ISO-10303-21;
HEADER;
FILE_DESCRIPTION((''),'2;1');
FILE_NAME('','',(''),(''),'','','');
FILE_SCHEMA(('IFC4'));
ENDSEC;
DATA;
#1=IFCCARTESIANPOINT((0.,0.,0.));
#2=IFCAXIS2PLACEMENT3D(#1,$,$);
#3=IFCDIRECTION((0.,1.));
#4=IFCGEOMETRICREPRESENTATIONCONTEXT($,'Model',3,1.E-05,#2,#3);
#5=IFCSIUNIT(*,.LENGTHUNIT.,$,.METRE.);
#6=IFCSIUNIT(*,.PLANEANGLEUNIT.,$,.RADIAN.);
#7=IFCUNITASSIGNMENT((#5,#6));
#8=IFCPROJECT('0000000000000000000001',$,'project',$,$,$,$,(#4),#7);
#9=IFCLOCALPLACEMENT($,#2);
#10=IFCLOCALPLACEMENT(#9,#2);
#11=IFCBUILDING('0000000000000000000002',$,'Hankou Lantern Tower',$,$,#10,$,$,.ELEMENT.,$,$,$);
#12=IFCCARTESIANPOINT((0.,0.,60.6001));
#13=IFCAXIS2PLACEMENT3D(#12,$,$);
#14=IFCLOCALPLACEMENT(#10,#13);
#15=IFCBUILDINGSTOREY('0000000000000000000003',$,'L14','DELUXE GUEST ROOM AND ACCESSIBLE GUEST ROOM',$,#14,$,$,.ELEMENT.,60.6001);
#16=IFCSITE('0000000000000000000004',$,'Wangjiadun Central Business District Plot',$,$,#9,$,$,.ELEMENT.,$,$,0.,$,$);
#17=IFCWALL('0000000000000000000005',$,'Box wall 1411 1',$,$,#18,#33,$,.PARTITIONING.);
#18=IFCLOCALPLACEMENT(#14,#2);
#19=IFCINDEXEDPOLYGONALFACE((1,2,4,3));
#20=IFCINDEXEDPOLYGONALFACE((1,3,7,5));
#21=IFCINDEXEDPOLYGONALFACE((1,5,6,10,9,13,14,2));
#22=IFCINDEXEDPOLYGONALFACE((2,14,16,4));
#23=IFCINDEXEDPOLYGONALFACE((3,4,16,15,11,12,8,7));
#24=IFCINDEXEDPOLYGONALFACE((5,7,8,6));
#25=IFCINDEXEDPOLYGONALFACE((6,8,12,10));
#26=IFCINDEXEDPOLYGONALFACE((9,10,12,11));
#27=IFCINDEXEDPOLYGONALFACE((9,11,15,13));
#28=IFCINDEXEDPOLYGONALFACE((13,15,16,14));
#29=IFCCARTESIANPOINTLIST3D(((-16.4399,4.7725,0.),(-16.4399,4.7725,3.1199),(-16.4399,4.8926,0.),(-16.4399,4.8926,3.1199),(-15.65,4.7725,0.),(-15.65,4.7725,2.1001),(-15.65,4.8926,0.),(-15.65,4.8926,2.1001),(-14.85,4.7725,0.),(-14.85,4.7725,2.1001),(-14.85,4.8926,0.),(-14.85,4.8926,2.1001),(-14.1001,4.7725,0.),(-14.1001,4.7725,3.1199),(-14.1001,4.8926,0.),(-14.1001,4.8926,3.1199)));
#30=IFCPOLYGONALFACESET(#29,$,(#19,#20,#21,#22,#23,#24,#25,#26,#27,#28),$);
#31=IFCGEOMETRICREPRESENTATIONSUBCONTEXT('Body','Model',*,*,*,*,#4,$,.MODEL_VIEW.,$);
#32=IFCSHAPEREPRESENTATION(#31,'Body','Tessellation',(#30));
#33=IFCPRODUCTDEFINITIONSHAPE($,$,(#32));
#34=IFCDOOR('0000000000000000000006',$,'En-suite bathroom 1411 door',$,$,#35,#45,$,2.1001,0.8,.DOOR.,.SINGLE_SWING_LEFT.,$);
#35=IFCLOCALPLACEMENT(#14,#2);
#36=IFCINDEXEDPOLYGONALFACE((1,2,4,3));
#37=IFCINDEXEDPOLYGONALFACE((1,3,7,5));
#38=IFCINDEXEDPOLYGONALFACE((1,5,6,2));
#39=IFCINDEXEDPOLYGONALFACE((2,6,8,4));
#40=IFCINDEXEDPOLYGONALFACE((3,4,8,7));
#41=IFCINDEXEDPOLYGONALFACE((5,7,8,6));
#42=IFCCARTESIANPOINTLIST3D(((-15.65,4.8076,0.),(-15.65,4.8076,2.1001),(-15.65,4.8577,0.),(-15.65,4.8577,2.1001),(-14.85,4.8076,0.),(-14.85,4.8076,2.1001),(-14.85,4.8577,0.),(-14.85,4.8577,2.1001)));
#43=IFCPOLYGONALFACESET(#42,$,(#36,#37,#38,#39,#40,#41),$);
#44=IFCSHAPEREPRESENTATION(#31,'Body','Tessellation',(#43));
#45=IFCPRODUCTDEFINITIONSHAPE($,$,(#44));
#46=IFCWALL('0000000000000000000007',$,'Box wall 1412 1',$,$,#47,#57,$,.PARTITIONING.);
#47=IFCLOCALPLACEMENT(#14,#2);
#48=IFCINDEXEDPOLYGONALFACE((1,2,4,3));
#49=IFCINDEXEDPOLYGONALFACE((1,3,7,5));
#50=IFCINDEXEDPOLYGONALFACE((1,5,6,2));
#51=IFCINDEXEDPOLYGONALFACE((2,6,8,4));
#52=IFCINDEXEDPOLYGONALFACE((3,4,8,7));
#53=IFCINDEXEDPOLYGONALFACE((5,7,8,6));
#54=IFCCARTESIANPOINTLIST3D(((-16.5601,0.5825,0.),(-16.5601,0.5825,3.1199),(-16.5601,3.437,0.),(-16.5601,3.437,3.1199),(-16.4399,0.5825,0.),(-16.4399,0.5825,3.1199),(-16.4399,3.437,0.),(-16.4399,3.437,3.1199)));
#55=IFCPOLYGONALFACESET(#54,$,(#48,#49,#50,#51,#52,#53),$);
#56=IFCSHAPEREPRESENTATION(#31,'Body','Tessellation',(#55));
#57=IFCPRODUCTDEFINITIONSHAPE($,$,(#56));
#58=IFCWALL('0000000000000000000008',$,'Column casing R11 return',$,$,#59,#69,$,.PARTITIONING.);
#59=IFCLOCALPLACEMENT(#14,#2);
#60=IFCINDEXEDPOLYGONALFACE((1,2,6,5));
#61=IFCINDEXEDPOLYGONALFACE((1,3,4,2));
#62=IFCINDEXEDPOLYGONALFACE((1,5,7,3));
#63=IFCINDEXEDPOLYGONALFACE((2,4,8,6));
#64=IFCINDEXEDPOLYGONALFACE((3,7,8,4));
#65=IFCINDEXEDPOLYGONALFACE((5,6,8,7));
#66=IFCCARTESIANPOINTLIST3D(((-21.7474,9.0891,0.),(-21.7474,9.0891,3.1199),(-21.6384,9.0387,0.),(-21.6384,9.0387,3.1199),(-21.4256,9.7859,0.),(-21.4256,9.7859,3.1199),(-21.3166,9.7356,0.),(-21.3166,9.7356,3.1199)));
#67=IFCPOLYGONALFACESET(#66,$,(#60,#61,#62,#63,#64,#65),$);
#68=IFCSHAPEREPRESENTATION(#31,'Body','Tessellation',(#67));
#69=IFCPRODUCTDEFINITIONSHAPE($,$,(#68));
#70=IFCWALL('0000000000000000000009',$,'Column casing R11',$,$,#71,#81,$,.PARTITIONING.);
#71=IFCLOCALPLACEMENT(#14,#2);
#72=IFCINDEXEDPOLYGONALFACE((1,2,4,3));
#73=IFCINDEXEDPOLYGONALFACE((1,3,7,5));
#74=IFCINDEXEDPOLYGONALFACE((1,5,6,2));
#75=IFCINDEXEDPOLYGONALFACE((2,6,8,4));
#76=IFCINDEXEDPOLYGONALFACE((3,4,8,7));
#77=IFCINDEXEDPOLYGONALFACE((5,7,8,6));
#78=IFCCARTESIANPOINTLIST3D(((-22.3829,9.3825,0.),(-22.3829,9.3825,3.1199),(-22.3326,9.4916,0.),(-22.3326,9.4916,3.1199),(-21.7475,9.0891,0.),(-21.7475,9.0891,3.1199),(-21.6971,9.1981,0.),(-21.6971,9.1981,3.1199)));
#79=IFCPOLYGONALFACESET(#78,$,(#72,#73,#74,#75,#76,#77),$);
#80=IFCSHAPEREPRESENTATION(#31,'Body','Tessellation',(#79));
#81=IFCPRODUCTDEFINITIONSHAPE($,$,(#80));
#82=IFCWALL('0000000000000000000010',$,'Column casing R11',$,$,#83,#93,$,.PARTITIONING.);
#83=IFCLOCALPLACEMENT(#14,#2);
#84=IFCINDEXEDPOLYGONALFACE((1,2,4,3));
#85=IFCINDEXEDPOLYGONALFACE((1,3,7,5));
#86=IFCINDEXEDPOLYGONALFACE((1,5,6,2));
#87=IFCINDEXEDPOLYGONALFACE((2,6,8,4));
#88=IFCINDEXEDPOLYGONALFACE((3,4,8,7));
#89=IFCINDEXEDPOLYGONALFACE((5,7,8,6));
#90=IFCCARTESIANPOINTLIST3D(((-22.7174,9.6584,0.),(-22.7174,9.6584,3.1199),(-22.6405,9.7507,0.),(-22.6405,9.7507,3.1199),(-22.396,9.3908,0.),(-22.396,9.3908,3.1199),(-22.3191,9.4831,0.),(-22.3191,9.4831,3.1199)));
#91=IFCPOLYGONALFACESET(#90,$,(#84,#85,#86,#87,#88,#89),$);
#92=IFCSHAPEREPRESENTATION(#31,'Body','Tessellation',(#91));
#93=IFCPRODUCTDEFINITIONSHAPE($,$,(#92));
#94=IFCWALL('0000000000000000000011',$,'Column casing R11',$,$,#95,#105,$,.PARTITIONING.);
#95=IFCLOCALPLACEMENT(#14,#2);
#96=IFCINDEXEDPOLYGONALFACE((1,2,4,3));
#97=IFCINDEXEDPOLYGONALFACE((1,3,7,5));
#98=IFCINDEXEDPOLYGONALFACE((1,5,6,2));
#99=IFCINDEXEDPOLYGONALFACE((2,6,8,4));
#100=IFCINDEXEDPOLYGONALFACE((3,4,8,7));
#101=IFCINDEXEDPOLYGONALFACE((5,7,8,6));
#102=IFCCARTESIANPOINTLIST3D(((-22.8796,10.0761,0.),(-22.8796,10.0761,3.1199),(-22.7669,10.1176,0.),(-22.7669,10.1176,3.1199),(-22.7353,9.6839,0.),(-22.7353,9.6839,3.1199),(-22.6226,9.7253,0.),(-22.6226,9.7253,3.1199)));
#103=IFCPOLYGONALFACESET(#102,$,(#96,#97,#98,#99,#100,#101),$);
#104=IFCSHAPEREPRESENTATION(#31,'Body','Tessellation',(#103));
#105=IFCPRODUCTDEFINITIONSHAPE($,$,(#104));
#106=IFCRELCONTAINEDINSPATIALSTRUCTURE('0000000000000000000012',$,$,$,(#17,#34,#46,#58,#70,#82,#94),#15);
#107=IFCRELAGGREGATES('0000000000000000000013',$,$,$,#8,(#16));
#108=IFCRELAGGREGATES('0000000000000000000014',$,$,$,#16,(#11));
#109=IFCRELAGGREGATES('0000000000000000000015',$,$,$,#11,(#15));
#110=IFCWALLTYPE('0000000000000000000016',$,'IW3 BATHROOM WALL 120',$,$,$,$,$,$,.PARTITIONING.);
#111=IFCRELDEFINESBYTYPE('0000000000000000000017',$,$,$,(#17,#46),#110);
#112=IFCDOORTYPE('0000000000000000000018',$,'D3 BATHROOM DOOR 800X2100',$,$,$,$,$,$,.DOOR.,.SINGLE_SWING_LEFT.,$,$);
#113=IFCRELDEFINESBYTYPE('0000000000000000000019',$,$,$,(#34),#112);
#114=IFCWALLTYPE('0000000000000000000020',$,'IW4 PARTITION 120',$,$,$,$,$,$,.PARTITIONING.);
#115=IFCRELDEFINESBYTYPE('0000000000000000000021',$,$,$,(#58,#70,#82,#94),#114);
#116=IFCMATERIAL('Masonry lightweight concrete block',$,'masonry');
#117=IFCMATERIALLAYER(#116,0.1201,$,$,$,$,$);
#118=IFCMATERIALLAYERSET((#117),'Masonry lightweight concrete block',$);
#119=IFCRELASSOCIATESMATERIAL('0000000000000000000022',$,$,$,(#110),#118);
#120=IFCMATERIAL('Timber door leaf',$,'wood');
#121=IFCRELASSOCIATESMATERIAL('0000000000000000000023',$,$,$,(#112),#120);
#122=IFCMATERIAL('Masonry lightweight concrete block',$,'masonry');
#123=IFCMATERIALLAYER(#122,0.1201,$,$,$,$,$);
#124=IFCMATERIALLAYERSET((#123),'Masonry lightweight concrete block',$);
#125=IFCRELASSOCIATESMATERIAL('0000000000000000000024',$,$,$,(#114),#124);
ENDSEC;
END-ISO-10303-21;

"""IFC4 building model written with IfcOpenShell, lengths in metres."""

from ifc_helpers import new_model, si_unit, direction, frame, frame_2d, origin, place, context, subcontext, project, spatial, rectangle, extrude, material, layer, layer_set, type_object, element, fill, save


model = new_model("IFC4")

# Units and contexts
model_context = context("Model", 3, precision=1e-05, world=origin(), true_north=direction((0.0, 1.0)))
body_context = subcontext(model_context, "Body", "Model", "MODEL_VIEW")
ifc_project = project(units=[si_unit("LENGTHUNIT", "METRE"), si_unit("PLANEANGLEUNIT", "RADIAN")], contexts=[model_context])

# Site, building, storey
site_placement = place(None, origin())
site = spatial("IfcSite", under=ifc_project, at=site_placement, Name="Wangjiadun Central Business District Plot", CompositionType="ELEMENT", RefElevation=0.0)
building_placement = place(site_placement, origin())
building = spatial("IfcBuilding", under=site, at=building_placement, Name="Hankou Lantern Tower", CompositionType="ELEMENT")
storey_placement = place(building_placement, frame((0.0, 0.0, 60.6001)))
storey = spatial("IfcBuildingStorey", under=building, at=storey_placement, Name="L14", Description="DELUXE GUEST ROOM AND ACCESSIBLE GUEST ROOM", CompositionType="ELEMENT", Elevation=60.6001)

# Shared definitions
ifc_material_1 = material(Name="Masonry lightweight concrete block", Category="masonry")
ifc_layer_1 = layer(ifc_material_1, 0.1201)
ifc_layer_set_1 = layer_set([ifc_layer_1], Name="Masonry lightweight concrete block")
wall_type_1 = type_object("IfcWallType", Name="IW3 BATHROOM WALL 120", PredefinedType="PARTITIONING", material=ifc_layer_set_1)

# Shared definitions
ifc_material_2 = material(Name="Timber door leaf", Category="wood")
door_type_1 = type_object("IfcDoorType", Name="D3 BATHROOM DOOR 800X2100", OperationType="SINGLE_SWING_LEFT", PredefinedType="DOOR", material=ifc_material_2)

# Wall, opening, door
wall_1_placement = place(storey_placement, frame((-14.1001, 4.8325, 0.0), z_axis=(0.0, 0.0, 1.0), x_axis=(-1.0, 0.0, 0.0)))
wall_1 = element("IfcWall", 1, at=wall_1_placement, inside=storey, type_object=wall_type_1, Name="Box wall 1411 1", PredefinedType="PARTITIONING", context=body_context, shape_type="SweptSolid", body=[
    extrude(rectangle(XDim=2.3398, YDim=0.1201, at=frame_2d((1.1699, 0.0))), origin(), (0.0, 0.0, 1.0), 3.1199),
])
opening_1_placement = place(wall_1_placement, frame((0.75, 0.0, 0.0)))
opening_1 = element("IfcOpeningElement", 2, at=opening_1_placement, cuts=wall_1, PredefinedType="OPENING", context=body_context, shape_type="SweptSolid", body=[
    extrude(rectangle(XDim=0.8, YDim=2.1001, at=frame_2d((0.3999, 1.05))), frame((0.0, 0.0701, 0.0), z_axis=(0.0, -1.0, 0.0), x_axis=(1.0, 0.0, 0.0)), (0.0, 0.0, 1.0), 0.1401),
])
door_1_placement = place(opening_1_placement, origin())
door_1 = element("IfcDoor", 3, at=door_1_placement, inside=storey, type_object=door_type_1, Name="En-suite bathroom 1411 door", OperationType="SINGLE_SWING_LEFT", OverallHeight=2.1001, OverallWidth=0.8, PredefinedType="DOOR", context=body_context, shape_type="SweptSolid", body=[
    extrude(rectangle(XDim=0.8, YDim=2.1001, at=frame_2d((0.3999, 1.05))), frame((0.0, 0.0249, 0.0), z_axis=(0.0, -1.0, 0.0), x_axis=(1.0, 0.0, 0.0)), (0.0, 0.0, 1.0), 0.05),
])
fill(opening_1, door_1)

# Walls
wall_2_placement = place(storey_placement, frame((-16.5, 3.437, 0.0), z_axis=(0.0, 0.0, 1.0), x_axis=(0.0, -1.0, 0.0)))
element("IfcWall", 4, at=wall_2_placement, inside=storey, type_object=wall_type_1, Name="Box wall 1412 1", PredefinedType="PARTITIONING", context=body_context, shape_type="SweptSolid", body=[
    extrude(rectangle(XDim=2.8545, YDim=0.1201, at=frame_2d((1.4272, 0.0))), origin(), (0.0, 0.0, 1.0), 3.1199),
])
ifc_material_3 = material(Name="Masonry lightweight concrete block", Category="masonry")
ifc_layer_2 = layer(ifc_material_3, 0.1201)
ifc_layer_set_2 = layer_set([ifc_layer_2], Name="Masonry lightweight concrete block")
wall_type_2 = type_object("IfcWallType", Name="IW4 PARTITION 120", PredefinedType="PARTITIONING", material=ifc_layer_set_2)
wall_3_placement = place(storey_placement, frame((-21.3711, 9.7607, 0.0), z_axis=(0.0, 0.0, 1.0), x_axis=(-0.41926, -0.907866, 0.0)))
element("IfcWall", 5, at=wall_3_placement, inside=storey, type_object=wall_type_2, Name="Column casing R11 return", PredefinedType="PARTITIONING", context=body_context, shape_type="SweptSolid", body=[
    extrude(rectangle(XDim=0.7676, YDim=0.1201, at=frame_2d((0.3838, 0.0))), origin(), (0.0, 0.0, 1.0), 3.1199),
])
wall_4_placement = place(storey_placement, frame((-21.7222, 9.1436, 0.0), z_axis=(0.0, 0.0, 1.0), x_axis=(-0.907878, 0.419235, 0.0)))
element("IfcWall", 6, at=wall_4_placement, inside=storey, type_object=wall_type_2, Name="Column casing R11", PredefinedType="PARTITIONING", context=body_context, shape_type="SweptSolid", body=[
    extrude(rectangle(XDim=0.7, YDim=0.1201, at=frame_2d((0.3501, 0.0))), origin(), (0.0, 0.0, 1.0), 3.1199),
])
wall_5_placement = place(storey_placement, frame((-22.3577, 9.437, 0.0), z_axis=(0.0, 0.0, 1.0), x_axis=(-0.768413, 0.639955, 0.0)))
element("IfcWall", 7, at=wall_5_placement, inside=storey, type_object=wall_type_2, Name="Column casing R11", PredefinedType="PARTITIONING", context=body_context, shape_type="SweptSolid", body=[
    extrude(rectangle(XDim=0.4182, YDim=0.1201, at=frame_2d((0.209, 0.0))), origin(), (0.0, 0.0, 1.0), 3.1199),
])
wall_6_placement = place(storey_placement, frame((-22.679, 9.7046, 0.0), z_axis=(0.0, 0.0, 1.0), x_axis=(-0.345164, 0.938542, 0.0)))
element("IfcWall", 8, at=wall_6_placement, inside=storey, type_object=wall_type_2, Name="Column casing R11", PredefinedType="PARTITIONING", context=body_context, shape_type="SweptSolid", body=[
    extrude(rectangle(XDim=0.418, YDim=0.1201, at=frame_2d((0.209, 0.0))), origin(), (0.0, 0.0, 1.0), 3.1199),
])

save(model, "model.ifc")
